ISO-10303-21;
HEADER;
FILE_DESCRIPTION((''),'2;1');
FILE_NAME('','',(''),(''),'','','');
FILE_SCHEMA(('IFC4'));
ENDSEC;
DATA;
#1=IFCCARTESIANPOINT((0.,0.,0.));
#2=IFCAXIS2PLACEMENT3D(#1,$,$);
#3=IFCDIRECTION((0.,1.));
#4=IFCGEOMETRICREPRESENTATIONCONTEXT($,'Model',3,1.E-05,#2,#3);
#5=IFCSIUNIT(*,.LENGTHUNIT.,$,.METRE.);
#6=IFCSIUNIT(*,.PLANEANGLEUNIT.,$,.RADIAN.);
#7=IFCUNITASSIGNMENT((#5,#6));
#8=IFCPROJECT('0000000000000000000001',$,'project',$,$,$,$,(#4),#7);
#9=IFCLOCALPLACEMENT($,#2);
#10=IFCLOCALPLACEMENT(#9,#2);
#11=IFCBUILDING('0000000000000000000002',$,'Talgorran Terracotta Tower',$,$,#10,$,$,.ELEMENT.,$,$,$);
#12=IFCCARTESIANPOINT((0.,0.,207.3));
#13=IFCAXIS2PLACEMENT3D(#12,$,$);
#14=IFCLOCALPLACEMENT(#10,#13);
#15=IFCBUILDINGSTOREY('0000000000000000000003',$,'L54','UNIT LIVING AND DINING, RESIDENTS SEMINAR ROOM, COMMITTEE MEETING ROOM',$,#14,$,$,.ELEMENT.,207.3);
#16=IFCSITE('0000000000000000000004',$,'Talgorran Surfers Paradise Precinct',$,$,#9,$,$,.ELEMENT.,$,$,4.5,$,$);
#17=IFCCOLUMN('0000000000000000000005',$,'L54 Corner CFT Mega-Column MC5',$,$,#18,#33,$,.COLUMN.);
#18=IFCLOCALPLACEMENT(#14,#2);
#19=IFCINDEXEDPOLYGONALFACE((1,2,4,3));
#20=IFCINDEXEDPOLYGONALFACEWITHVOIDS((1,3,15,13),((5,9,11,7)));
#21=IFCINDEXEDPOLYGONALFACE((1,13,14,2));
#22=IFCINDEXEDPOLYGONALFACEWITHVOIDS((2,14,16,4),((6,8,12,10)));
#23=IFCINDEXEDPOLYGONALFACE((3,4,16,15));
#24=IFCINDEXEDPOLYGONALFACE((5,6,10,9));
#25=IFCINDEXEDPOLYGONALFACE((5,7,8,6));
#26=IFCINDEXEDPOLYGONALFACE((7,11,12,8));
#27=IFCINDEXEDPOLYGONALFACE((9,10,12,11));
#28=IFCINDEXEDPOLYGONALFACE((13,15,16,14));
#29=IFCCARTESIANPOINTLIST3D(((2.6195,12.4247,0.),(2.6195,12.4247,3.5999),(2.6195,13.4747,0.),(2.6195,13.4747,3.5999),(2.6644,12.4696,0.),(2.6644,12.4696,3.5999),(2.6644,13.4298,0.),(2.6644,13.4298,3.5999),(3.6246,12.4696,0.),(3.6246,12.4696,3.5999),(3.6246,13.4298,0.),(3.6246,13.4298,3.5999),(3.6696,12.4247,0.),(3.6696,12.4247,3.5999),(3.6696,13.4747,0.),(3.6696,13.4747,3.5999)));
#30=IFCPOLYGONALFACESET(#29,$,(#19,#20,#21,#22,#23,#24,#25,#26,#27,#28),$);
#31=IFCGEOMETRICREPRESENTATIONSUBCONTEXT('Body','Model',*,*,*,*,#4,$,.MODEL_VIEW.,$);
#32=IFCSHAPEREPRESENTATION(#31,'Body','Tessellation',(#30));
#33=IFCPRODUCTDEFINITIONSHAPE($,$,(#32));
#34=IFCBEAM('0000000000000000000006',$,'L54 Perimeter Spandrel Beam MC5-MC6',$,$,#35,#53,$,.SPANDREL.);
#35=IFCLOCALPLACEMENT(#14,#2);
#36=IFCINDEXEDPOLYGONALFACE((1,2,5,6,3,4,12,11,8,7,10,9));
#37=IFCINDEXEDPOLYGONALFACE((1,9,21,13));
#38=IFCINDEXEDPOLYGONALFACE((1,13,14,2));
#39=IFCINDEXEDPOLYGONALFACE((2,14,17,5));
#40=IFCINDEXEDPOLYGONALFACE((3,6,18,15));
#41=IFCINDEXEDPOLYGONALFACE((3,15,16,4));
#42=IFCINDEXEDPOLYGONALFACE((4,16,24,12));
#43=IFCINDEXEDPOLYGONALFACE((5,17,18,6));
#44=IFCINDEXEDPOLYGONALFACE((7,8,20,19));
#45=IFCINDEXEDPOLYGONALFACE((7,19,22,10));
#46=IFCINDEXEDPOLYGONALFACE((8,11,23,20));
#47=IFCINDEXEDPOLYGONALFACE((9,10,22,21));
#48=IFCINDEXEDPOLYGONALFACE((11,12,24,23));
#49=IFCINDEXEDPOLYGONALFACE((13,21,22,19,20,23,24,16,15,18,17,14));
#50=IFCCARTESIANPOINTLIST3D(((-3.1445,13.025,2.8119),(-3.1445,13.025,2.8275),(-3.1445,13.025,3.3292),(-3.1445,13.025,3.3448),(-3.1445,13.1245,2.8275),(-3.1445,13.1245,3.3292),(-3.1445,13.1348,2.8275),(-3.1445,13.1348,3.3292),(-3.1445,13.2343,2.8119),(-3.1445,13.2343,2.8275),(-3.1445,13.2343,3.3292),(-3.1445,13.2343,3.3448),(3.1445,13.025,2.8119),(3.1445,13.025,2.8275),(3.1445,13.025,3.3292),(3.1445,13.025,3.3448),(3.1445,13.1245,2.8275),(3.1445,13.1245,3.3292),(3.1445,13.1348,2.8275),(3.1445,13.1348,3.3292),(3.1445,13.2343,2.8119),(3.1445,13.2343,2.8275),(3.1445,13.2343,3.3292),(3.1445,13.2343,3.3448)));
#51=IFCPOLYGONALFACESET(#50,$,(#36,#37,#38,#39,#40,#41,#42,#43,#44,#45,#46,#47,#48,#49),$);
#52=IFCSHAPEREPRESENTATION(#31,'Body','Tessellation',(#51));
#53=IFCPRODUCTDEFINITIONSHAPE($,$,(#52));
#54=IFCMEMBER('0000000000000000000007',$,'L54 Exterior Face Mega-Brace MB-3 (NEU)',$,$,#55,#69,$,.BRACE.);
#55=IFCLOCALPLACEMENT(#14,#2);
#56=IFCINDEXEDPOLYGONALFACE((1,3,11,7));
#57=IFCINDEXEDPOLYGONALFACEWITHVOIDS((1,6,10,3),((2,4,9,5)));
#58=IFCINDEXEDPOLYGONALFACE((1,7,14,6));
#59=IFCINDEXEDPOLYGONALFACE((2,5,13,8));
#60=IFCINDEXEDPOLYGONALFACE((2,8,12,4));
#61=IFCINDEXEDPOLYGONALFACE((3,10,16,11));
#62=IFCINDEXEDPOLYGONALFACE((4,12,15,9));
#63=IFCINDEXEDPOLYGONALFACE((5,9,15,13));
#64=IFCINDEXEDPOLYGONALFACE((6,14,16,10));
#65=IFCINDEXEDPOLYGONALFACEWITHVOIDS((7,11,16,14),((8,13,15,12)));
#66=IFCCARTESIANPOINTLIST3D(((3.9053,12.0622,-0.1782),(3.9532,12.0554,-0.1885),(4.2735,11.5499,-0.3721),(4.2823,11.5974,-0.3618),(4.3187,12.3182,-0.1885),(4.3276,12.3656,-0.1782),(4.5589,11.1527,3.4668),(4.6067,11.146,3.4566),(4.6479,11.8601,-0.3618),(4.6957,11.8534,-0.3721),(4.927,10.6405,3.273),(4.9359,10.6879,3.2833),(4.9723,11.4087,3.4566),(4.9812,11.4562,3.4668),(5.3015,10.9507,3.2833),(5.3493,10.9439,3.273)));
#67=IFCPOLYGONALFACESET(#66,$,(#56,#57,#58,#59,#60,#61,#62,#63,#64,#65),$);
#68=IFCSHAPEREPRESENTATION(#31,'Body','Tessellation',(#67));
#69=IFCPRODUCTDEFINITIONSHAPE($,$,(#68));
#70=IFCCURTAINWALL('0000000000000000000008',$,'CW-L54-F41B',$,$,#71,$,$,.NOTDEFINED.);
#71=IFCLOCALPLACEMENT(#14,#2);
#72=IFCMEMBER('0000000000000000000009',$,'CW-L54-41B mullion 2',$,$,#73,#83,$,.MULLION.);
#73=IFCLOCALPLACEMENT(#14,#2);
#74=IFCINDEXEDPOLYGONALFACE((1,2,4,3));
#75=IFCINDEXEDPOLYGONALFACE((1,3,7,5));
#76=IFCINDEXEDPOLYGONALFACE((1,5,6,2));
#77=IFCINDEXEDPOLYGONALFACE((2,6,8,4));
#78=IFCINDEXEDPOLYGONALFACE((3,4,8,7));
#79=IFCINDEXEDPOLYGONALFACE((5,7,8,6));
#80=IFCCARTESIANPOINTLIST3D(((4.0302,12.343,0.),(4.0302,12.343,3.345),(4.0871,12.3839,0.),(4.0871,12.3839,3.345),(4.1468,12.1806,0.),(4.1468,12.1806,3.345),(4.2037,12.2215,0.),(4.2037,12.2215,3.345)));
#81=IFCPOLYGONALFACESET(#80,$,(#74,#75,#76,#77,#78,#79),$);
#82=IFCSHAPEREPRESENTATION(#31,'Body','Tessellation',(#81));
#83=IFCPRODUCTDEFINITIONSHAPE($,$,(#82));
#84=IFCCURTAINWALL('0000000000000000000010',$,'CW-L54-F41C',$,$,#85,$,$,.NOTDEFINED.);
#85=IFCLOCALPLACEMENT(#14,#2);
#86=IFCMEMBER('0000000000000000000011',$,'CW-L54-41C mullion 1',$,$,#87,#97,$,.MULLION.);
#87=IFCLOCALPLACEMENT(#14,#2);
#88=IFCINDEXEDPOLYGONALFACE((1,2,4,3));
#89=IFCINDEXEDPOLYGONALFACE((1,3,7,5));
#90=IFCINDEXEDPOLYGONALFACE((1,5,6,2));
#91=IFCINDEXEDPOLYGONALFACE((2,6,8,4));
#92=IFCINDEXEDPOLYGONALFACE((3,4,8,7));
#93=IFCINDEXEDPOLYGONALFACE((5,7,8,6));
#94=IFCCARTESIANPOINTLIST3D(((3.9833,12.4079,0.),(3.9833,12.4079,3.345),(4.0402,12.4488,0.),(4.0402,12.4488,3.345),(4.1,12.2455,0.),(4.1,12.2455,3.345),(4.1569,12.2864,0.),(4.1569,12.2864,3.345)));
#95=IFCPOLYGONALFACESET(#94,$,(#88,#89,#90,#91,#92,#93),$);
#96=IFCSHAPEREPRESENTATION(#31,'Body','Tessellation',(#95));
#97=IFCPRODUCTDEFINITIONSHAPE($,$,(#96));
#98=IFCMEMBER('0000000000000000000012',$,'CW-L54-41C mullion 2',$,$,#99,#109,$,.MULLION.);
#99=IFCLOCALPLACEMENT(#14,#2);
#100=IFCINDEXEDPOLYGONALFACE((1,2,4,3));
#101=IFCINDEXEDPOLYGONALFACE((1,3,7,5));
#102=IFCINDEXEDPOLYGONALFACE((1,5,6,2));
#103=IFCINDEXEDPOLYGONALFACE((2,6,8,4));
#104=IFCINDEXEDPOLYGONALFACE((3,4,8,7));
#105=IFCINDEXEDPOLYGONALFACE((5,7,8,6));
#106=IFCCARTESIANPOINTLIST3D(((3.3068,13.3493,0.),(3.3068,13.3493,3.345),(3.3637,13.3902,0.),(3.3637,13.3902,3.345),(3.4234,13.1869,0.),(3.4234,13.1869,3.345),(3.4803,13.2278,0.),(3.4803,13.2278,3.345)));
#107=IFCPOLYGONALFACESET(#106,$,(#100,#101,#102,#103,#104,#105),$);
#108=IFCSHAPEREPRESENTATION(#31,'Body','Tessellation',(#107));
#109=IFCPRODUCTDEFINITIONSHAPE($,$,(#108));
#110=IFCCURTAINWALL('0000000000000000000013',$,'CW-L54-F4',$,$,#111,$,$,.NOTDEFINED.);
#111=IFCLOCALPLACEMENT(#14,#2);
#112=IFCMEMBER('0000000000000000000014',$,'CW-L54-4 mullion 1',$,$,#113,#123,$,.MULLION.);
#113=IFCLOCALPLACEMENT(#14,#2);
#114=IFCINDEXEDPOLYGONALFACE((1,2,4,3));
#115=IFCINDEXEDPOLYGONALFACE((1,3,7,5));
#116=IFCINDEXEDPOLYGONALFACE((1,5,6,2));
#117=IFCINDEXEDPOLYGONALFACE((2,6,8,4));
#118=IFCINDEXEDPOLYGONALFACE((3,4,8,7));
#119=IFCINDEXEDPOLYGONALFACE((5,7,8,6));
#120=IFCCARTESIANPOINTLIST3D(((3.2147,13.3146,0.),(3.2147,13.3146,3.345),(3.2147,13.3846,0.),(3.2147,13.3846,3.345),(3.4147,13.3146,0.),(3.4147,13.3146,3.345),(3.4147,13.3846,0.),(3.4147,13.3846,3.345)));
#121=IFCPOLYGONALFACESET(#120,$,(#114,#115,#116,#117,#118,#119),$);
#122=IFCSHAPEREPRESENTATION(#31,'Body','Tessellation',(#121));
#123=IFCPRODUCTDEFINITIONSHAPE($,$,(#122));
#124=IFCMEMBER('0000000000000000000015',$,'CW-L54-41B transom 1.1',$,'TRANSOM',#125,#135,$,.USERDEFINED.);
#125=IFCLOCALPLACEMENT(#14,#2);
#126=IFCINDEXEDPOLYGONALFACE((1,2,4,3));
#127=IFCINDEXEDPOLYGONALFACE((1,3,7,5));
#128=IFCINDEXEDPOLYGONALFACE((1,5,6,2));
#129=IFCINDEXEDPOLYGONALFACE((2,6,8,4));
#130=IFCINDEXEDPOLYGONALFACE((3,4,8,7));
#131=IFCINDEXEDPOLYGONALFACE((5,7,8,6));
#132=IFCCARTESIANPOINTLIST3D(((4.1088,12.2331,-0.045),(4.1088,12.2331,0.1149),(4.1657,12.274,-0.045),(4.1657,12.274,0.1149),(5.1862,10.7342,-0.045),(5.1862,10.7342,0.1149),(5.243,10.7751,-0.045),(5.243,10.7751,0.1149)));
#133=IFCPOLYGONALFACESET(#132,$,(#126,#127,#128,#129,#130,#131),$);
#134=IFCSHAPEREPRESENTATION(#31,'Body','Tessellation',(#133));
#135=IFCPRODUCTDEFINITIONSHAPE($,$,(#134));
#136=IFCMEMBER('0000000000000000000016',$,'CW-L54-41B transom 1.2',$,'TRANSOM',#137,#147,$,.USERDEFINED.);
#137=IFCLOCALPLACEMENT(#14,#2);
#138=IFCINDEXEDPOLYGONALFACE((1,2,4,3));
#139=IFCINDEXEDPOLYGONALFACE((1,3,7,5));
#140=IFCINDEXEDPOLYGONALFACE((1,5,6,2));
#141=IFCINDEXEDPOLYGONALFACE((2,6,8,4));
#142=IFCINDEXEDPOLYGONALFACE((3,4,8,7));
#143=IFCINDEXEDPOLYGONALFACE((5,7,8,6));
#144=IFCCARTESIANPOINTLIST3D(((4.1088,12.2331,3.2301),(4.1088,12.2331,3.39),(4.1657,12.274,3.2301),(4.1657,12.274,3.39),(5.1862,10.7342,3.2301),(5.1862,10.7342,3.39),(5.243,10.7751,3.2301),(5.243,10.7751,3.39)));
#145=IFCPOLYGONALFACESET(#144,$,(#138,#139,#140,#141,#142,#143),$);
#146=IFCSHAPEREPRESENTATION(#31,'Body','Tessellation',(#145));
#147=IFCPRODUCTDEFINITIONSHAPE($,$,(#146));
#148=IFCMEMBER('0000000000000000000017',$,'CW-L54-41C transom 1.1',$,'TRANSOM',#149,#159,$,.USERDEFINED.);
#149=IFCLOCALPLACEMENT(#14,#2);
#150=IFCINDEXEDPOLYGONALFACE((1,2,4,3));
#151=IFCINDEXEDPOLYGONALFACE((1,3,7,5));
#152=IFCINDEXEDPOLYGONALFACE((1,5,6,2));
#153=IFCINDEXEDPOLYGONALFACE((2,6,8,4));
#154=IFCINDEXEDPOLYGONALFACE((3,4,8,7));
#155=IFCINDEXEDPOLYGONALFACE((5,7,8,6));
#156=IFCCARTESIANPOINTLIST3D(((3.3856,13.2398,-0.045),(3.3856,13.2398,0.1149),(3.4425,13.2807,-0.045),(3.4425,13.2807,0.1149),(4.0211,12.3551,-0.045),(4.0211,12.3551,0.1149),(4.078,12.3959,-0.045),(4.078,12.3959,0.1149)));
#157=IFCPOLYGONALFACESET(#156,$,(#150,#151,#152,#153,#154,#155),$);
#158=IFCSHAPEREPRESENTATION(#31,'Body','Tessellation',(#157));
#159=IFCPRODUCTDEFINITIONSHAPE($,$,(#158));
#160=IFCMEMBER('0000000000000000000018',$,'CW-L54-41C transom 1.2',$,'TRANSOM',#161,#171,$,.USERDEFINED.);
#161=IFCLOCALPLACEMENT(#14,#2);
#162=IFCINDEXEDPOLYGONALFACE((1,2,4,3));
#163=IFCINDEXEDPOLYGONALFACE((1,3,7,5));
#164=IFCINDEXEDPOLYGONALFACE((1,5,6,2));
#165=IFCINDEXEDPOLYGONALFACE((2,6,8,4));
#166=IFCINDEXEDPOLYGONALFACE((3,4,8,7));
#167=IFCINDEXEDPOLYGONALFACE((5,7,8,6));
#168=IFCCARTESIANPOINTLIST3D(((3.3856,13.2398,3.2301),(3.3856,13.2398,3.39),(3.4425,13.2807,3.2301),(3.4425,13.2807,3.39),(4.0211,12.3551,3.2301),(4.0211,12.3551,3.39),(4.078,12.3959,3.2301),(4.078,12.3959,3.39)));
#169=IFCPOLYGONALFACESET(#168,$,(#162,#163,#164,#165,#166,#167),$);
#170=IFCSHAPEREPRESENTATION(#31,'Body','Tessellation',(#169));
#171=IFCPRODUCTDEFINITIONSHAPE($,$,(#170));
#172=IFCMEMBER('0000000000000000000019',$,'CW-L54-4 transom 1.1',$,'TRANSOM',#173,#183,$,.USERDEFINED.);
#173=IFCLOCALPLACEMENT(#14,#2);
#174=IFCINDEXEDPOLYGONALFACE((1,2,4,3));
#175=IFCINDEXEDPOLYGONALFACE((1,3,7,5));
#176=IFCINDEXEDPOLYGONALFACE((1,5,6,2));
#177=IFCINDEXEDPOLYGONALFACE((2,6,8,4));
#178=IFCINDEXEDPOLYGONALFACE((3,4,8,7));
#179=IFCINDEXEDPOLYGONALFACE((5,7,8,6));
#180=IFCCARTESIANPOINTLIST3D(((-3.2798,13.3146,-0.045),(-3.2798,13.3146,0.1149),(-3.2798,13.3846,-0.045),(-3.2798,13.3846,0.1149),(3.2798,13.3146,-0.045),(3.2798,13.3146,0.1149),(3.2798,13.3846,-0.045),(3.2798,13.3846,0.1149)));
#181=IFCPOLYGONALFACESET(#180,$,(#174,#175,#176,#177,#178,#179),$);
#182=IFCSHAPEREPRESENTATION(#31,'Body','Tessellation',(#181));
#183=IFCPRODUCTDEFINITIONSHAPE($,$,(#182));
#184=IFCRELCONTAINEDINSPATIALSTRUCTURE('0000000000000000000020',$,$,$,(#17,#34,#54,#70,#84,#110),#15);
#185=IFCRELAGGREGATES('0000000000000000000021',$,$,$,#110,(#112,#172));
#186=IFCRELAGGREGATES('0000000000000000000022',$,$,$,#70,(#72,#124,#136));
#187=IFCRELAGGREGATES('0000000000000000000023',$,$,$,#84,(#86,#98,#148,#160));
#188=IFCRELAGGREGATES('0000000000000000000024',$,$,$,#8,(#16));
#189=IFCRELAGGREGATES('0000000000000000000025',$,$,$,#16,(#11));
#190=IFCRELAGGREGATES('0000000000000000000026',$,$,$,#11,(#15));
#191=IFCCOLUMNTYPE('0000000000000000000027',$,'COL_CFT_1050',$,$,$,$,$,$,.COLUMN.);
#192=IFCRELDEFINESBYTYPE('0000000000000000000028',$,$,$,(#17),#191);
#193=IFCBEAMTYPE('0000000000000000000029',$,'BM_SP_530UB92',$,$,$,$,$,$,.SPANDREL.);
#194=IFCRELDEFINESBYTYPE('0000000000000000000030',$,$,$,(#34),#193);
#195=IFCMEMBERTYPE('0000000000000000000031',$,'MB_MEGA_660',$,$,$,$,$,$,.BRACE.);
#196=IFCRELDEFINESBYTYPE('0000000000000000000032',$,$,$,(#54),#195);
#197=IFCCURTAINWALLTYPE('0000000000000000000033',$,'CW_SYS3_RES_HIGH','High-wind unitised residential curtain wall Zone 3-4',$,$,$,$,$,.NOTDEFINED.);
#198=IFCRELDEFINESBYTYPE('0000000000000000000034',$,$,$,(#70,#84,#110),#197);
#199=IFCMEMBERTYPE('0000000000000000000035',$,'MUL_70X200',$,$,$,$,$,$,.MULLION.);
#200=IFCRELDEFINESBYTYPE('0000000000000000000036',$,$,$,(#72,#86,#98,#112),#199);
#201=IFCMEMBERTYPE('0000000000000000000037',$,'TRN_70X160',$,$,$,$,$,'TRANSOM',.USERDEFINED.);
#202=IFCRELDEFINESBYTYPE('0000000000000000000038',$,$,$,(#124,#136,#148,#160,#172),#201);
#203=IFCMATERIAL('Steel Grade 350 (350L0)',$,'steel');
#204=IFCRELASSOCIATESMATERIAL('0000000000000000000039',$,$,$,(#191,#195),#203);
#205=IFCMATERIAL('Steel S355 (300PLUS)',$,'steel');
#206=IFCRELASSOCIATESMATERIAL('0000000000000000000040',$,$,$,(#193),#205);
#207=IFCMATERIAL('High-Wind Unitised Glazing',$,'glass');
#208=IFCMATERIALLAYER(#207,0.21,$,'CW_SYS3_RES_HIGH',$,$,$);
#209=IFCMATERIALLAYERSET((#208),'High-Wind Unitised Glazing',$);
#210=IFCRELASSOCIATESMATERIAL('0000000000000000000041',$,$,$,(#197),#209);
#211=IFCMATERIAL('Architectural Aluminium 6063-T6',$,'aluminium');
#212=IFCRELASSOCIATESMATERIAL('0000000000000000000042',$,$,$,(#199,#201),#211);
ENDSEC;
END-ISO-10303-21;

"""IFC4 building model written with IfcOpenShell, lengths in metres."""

from ifc_helpers import new_model, si_unit, direction, frame, origin, origin_2d, place, context, subcontext, project, spatial, rectangle, hollow_rectangle, i_section, extrude, material, layer, layer_set, material_profile, profile_set, type_object, element, aggregate, save


model = new_model("IFC4")

# Units and contexts
model_context = context("Model", 3, precision=1e-05, world=origin(), true_north=direction((0.0, 1.0)))
body_context = subcontext(model_context, "Body", "Model", "MODEL_VIEW")
ifc_project = project(units=[si_unit("LENGTHUNIT", "METRE"), si_unit("PLANEANGLEUNIT", "RADIAN")], contexts=[model_context])

# Site, building, storey
site_placement = place(None, origin())
site = spatial("IfcSite", under=ifc_project, at=site_placement, Name="Talgorran Surfers Paradise Precinct", CompositionType="ELEMENT", RefElevation=4.5)
building_placement = place(site_placement, origin())
building = spatial("IfcBuilding", under=site, at=building_placement, Name="Talgorran Terracotta Tower", CompositionType="ELEMENT")
storey_placement = place(building_placement, frame((0.0, 0.0, 207.3)))
storey = spatial("IfcBuildingStorey", under=building, at=storey_placement, Name="L54", Description="UNIT LIVING AND DINING, RESIDENTS SEMINAR ROOM, COMMITTEE MEETING ROOM", CompositionType="ELEMENT", Elevation=207.3)

# Column
ifc_material_1 = material(Name="Steel Grade 350 (350L0)", Category="steel")
ifc_material_profile_1 = material_profile(ifc_material_1, hollow_rectangle(XDim=1.05, YDim=1.05, WallThickness=0.0449, at=origin_2d()), Name="CFT1050X1050X45")
ifc_profile_set_1 = profile_set([ifc_material_profile_1], Name="Steel Grade 350 (350L0)")
column_type = type_object("IfcColumnType", Name="COL_CFT_1050", PredefinedType="COLUMN", material=ifc_profile_set_1)
column_placement = place(storey_placement, frame((3.1445, 12.9497, 0.0), z_axis=(0.0, 0.0, 1.0), x_axis=(1.0, 0.0, 0.0)))
element("IfcColumn", 1, at=column_placement, inside=storey, type_object=column_type, Name="L54 Corner CFT Mega-Column MC5", PredefinedType="COLUMN", context=body_context, shape_type="SweptSolid", body=[
    extrude(hollow_rectangle(XDim=1.05, YDim=1.05, WallThickness=0.0449, at=origin_2d()), origin(), (0.0, 0.0, 1.0), 3.5999),
])

# Beam
ifc_material_2 = material(Name="Steel S355 (300PLUS)", Category="steel")
ifc_material_profile_2 = material_profile(ifc_material_2, i_section(OverallWidth=0.2092, OverallDepth=0.533, WebThickness=0.0103, FlangeThickness=0.0156, at=origin_2d()), Name="530UB92.4")
ifc_profile_set_2 = profile_set([ifc_material_profile_2], Name="Steel S355 (300PLUS)")
beam_type = type_object("IfcBeamType", Name="BM_SP_530UB92", PredefinedType="SPANDREL", material=ifc_profile_set_2)
beam_placement = place(storey_placement, frame((3.1445, 13.1296, 3.0784), z_axis=(-1.0, 0.0, 0.0), x_axis=(0.0, -1.0, 0.0)))
element("IfcBeam", 2, at=beam_placement, inside=storey, type_object=beam_type, Name="L54 Perimeter Spandrel Beam MC5-MC6", PredefinedType="SPANDREL", context=body_context, shape_type="SweptSolid", body=[
    extrude(i_section(OverallWidth=0.2092, OverallDepth=0.533, WebThickness=0.0103, FlangeThickness=0.0156, at=origin_2d()), origin(), (0.0, 0.0, 1.0), 6.2891),
])

# Member
ifc_material_profile_3 = material_profile(ifc_material_1, hollow_rectangle(XDim=0.52, YDim=0.6599, WallThickness=0.0349, at=origin_2d()), Name="WBOX660X520X35")
ifc_profile_set_3 = profile_set([ifc_material_profile_3], Name="Steel Grade 350 (350L0)")
member_type_1 = type_object("IfcMemberType", Name="MB_MEGA_660", PredefinedType="BRACE", material=ifc_profile_set_3)
member_1_placement = place(storey_placement, frame((4.3005, 11.9578, -0.2751), z_axis=(0.171396, -0.238495, 0.955899), x_axis=(0.812051, 0.583587, 0.0)))
element("IfcMember", 3, at=member_1_placement, inside=storey, type_object=member_type_1, Name="L54 Exterior Face Mega-Brace MB-3 (NEU)", PredefinedType="BRACE", context=body_context, shape_type="SweptSolid", body=[
    extrude(hollow_rectangle(XDim=0.52, YDim=0.6599, WallThickness=0.0349, at=origin_2d()), origin(), (0.0, 0.0, 1.0), 3.8132),
])

# Curtain wall, member
ifc_material_3 = material(Name="High-Wind Unitised Glazing", Category="glass")
ifc_layer_1 = layer(ifc_material_3, 0.21, Name="CW_SYS3_RES_HIGH")
ifc_layer_set_1 = layer_set([ifc_layer_1], Name="High-Wind Unitised Glazing")
curtain_wall_type = type_object("IfcCurtainWallType", Name="CW_SYS3_RES_HIGH", Description="High-wind unitised residential curtain wall Zone 3-4", PredefinedType="NOTDEFINED", material=ifc_layer_set_1)
curtain_wall_1_placement = place(storey_placement, origin())
curtain_wall_1 = element("IfcCurtainWall", 4, at=curtain_wall_1_placement, inside=storey, type_object=curtain_wall_type, Name="CW-L54-F41B", PredefinedType="NOTDEFINED")
ifc_material_4 = material(Name="Architectural Aluminium 6063-T6", Category="aluminium")
ifc_material_profile_4 = material_profile(ifc_material_4, rectangle(XDim=0.0701, YDim=0.2, at=origin_2d()), Name="CWM70X200")
ifc_profile_set_4 = profile_set([ifc_material_profile_4], Name="Architectural Aluminium 6063-T6")
member_type_2 = type_object("IfcMemberType", Name="MUL_70X200", PredefinedType="MULLION", material=ifc_profile_set_4)
member_2_placement = place(storey_placement, frame((4.1169, 12.2822, 0.0), z_axis=(0.0, 0.0, 1.0), x_axis=(-0.81208, -0.583546, 0.0)))
member_2 = element("IfcMember", 5, at=member_2_placement, type_object=member_type_2, Name="CW-L54-41B mullion 2", PredefinedType="MULLION", context=body_context, shape_type="SweptSolid", body=[
    extrude(rectangle(XDim=0.0701, YDim=0.2, at=origin_2d()), origin(), (0.0, 0.0, 1.0), 3.345),
])

# Curtain wall, members
curtain_wall_2_placement = place(storey_placement, origin())
curtain_wall_2 = element("IfcCurtainWall", 6, at=curtain_wall_2_placement, inside=storey, type_object=curtain_wall_type, Name="CW-L54-F41C", PredefinedType="NOTDEFINED")
member_3_placement = place(storey_placement, frame((4.0701, 12.3472, 0.0), z_axis=(0.0, 0.0, 1.0), x_axis=(-0.812092, -0.583529, 0.0)))
member_3 = element("IfcMember", 7, at=member_3_placement, type_object=member_type_2, Name="CW-L54-41C mullion 1", PredefinedType="MULLION", context=body_context, shape_type="SweptSolid", body=[
    extrude(rectangle(XDim=0.0701, YDim=0.2, at=origin_2d()), origin(), (0.0, 0.0, 1.0), 3.345),
])
member_4_placement = place(storey_placement, frame((3.3936, 13.2886, 0.0), z_axis=(0.0, 0.0, 1.0), x_axis=(-0.812092, -0.583529, 0.0)))
member_4 = element("IfcMember", 8, at=member_4_placement, type_object=member_type_2, Name="CW-L54-41C mullion 2", PredefinedType="MULLION", context=body_context, shape_type="SweptSolid", body=[
    extrude(rectangle(XDim=0.0701, YDim=0.2, at=origin_2d()), origin(), (0.0, 0.0, 1.0), 3.345),
])

# Curtain wall, member
curtain_wall_3_placement = place(storey_placement, origin())
curtain_wall_3 = element("IfcCurtainWall", 9, at=curtain_wall_3_placement, inside=storey, type_object=curtain_wall_type, Name="CW-L54-F4", PredefinedType="NOTDEFINED")
member_5_placement = place(storey_placement, frame((3.3147, 13.3496, 0.0), z_axis=(0.0, 0.0, 1.0), x_axis=(0.0, -1.0, 0.0)))
member_5 = element("IfcMember", 10, at=member_5_placement, type_object=member_type_2, Name="CW-L54-4 mullion 1", PredefinedType="MULLION", context=body_context, shape_type="SweptSolid", body=[
    extrude(rectangle(XDim=0.0701, YDim=0.2, at=origin_2d()), origin(), (0.0, 0.0, 1.0), 3.345),
])

# Members
ifc_material_profile_5 = material_profile(ifc_material_4, rectangle(XDim=0.0701, YDim=0.1599, at=origin_2d()), Name="CWT70X160")
ifc_profile_set_5 = profile_set([ifc_material_profile_5], Name="Architectural Aluminium 6063-T6")
member_type_3 = type_object("IfcMemberType", Name="TRN_70X160", ElementType="TRANSOM", PredefinedType="USERDEFINED", material=ifc_profile_set_5)
member_6_placement = place(storey_placement, frame((5.2146, 10.7546, 0.0349), z_axis=(-0.583625, 0.812023, 0.0), x_axis=(-0.812023, -0.583625, 0.0)))
member_6 = element("IfcMember", 11, at=member_6_placement, type_object=member_type_3, Name="CW-L54-41B transom 1.1", ObjectType="TRANSOM", PredefinedType="USERDEFINED", context=body_context, shape_type="SweptSolid", body=[
    extrude(rectangle(XDim=0.0701, YDim=0.1599, at=origin_2d()), origin(), (0.0, 0.0, 1.0), 1.8459),
])
member_7_placement = place(storey_placement, frame((5.2146, 10.7546, 3.3101), z_axis=(-0.583625, 0.812023, 0.0), x_axis=(-0.812023, -0.583625, 0.0)))
member_7 = element("IfcMember", 12, at=member_7_placement, type_object=member_type_3, Name="CW-L54-41B transom 1.2", ObjectType="TRANSOM", PredefinedType="USERDEFINED", context=body_context, shape_type="SweptSolid", body=[
    extrude(rectangle(XDim=0.0701, YDim=0.1599, at=origin_2d()), origin(), (0.0, 0.0, 1.0), 1.8459),
])
member_8_placement = place(storey_placement, frame((4.0496, 12.3755, 0.0349), z_axis=(-0.583377, 0.812201, 0.0), x_axis=(-0.812201, -0.583377, 0.0)))
member_8 = element("IfcMember", 13, at=member_8_placement, type_object=member_type_3, Name="CW-L54-41C transom 1.1", ObjectType="TRANSOM", PredefinedType="USERDEFINED", context=body_context, shape_type="SweptSolid", body=[
    extrude(rectangle(XDim=0.0701, YDim=0.1599, at=origin_2d()), origin(), (0.0, 0.0, 1.0), 1.0894),
])
member_9_placement = place(storey_placement, frame((4.0496, 12.3755, 3.3101), z_axis=(-0.583377, 0.812201, 0.0), x_axis=(-0.812201, -0.583377, 0.0)))
member_9 = element("IfcMember", 14, at=member_9_placement, type_object=member_type_3, Name="CW-L54-41C transom 1.2", ObjectType="TRANSOM", PredefinedType="USERDEFINED", context=body_context, shape_type="SweptSolid", body=[
    extrude(rectangle(XDim=0.0701, YDim=0.1599, at=origin_2d()), origin(), (0.0, 0.0, 1.0), 1.0894),
])
member_10_placement = place(storey_placement, frame((3.2798, 13.3496, 0.0349), z_axis=(-1.0, 0.0, 0.0), x_axis=(0.0, -1.0, 0.0)))
member_10 = element("IfcMember", 15, at=member_10_placement, type_object=member_type_3, Name="CW-L54-4 transom 1.1", ObjectType="TRANSOM", PredefinedType="USERDEFINED", context=body_context, shape_type="SweptSolid", body=[
    extrude(rectangle(XDim=0.0701, YDim=0.1599, at=origin_2d()), origin(), (0.0, 0.0, 1.0), 6.5596),
])

aggregate(curtain_wall_3, [member_5, member_10])
aggregate(curtain_wall_1, [member_2, member_6, member_7])
aggregate(curtain_wall_2, [member_3, member_4, member_8, member_9])

save(model, "model.ifc")
